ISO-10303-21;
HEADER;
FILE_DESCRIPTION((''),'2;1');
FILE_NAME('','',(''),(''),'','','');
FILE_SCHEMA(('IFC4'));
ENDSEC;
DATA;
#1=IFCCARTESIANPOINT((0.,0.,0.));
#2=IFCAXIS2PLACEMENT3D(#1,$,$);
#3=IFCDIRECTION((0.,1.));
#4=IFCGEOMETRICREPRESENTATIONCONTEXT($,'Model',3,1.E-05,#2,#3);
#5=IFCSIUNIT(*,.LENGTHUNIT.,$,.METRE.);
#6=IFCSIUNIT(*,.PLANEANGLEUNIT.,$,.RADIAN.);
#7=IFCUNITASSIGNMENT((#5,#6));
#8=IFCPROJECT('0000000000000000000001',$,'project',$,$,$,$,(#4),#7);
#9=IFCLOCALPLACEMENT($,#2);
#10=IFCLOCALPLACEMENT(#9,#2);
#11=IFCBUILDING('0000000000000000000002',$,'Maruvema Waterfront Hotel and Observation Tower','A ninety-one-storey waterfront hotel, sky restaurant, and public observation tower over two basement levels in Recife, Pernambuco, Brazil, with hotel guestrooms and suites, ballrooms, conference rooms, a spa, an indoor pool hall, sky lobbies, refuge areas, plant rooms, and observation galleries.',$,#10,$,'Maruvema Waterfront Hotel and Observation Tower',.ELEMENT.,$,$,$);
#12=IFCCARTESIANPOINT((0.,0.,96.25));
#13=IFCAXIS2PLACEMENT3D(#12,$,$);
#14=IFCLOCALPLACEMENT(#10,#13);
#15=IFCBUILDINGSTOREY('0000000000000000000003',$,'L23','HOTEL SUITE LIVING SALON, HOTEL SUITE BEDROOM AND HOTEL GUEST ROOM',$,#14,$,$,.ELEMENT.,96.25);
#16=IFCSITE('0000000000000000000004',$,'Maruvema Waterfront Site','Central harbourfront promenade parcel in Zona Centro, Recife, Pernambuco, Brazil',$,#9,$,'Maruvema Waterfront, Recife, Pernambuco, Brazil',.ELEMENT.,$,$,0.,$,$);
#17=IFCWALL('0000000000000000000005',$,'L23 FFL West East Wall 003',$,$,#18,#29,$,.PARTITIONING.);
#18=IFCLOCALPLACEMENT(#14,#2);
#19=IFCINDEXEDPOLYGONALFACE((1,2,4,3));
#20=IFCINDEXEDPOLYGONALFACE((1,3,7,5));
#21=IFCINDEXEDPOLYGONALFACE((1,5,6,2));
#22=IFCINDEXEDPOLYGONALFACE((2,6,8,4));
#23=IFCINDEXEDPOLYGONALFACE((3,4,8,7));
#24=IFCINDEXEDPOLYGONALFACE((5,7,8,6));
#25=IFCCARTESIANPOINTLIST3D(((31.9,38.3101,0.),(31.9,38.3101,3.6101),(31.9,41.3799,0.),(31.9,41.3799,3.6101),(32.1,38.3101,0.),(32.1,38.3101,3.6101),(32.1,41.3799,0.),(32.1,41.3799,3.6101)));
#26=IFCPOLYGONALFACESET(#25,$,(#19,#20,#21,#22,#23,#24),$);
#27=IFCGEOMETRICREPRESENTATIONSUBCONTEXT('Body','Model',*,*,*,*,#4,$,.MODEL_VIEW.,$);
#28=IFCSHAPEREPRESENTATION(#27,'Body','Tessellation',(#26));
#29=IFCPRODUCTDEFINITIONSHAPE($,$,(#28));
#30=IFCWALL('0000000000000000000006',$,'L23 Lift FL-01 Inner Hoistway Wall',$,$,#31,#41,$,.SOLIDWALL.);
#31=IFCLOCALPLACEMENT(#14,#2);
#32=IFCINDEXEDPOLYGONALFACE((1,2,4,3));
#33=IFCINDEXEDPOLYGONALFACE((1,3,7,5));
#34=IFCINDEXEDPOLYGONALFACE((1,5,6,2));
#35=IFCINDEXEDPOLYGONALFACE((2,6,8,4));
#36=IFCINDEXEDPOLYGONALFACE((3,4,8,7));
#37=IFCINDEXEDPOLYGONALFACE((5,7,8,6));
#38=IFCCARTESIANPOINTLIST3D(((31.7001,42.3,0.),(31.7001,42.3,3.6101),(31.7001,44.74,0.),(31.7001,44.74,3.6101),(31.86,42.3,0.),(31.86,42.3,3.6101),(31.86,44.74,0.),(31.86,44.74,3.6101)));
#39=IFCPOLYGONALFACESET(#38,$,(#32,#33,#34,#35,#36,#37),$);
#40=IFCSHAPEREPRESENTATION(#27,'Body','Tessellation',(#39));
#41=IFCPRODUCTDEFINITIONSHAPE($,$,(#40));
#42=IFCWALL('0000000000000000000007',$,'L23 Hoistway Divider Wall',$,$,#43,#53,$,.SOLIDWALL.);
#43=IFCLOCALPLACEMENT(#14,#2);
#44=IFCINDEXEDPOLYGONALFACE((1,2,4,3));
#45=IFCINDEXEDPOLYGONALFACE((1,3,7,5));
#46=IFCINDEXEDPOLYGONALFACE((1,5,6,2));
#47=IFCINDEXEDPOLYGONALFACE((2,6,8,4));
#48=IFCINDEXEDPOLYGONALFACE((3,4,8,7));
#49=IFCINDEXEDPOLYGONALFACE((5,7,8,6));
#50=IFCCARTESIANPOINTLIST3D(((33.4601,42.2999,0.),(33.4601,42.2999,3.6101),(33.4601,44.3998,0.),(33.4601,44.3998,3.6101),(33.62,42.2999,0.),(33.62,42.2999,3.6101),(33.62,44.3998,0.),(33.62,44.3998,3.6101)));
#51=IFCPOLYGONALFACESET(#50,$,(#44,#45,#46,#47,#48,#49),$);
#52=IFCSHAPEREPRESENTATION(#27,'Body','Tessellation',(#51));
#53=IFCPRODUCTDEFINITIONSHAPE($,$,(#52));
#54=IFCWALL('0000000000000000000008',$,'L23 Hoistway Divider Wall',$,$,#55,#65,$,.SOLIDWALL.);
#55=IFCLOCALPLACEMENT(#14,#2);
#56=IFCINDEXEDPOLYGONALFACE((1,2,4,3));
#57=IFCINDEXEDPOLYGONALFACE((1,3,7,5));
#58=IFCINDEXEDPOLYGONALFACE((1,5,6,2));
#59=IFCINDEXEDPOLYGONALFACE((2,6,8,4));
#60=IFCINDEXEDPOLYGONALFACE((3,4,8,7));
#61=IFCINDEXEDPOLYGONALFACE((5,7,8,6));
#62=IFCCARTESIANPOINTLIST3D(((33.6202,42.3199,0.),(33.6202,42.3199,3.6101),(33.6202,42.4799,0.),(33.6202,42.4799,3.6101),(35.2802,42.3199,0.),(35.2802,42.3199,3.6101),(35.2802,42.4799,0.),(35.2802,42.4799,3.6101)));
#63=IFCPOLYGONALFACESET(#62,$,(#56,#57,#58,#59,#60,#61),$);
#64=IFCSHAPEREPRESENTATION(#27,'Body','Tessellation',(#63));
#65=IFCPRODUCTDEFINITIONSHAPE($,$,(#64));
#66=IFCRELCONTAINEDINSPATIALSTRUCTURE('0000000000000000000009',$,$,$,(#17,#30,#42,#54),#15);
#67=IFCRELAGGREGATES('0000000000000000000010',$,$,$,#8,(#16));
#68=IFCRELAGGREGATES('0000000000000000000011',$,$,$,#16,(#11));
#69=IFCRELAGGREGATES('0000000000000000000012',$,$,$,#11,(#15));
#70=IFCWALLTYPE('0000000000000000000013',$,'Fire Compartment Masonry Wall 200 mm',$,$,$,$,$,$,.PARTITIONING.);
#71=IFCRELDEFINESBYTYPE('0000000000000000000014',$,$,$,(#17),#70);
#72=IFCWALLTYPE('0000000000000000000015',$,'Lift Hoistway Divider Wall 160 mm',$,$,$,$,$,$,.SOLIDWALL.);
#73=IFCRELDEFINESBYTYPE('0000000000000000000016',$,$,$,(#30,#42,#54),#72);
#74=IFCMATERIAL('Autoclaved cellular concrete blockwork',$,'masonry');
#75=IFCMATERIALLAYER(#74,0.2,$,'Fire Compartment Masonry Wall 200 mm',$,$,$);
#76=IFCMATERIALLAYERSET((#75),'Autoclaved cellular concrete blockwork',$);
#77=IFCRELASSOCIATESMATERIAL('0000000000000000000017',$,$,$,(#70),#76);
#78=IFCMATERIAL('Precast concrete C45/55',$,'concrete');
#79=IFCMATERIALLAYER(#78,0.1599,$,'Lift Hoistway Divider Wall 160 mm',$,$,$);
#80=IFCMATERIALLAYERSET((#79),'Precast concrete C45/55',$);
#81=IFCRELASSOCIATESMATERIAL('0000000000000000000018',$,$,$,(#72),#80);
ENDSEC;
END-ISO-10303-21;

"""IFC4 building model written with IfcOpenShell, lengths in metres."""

from ifc_helpers import new_model, si_unit, direction, frame, frame_2d, origin, place, context, subcontext, project, spatial, rectangle, extrude, material, layer, layer_set, type_object, element, save


model = new_model("IFC4")

# Units and contexts
model_context = context("Model", 3, precision=1e-05, world=origin(), true_north=direction((0.0, 1.0)))
body_context = subcontext(model_context, "Body", "Model", "MODEL_VIEW")
ifc_project = project(units=[si_unit("LENGTHUNIT", "METRE"), si_unit("PLANEANGLEUNIT", "RADIAN")], contexts=[model_context])

# Site, building, storey
site_placement = place(None, origin())
site = spatial("IfcSite", under=ifc_project, at=site_placement, Name="Maruvema Waterfront Site", Description="Central harbourfront promenade parcel in Zona Centro, Recife, Pernambuco, Brazil", LongName="Maruvema Waterfront, Recife, Pernambuco, Brazil", CompositionType="ELEMENT", RefElevation=0.0)
building_placement = place(site_placement, origin())
building = spatial("IfcBuilding", under=site, at=building_placement, Name="Maruvema Waterfront Hotel and Observation Tower", Description="A ninety-one-storey waterfront hotel, sky restaurant, and public observation tower over two basement levels in Recife, Pernambuco, Brazil, with hotel guestrooms and suites, ballrooms, conference rooms, a spa, an indoor pool hall, sky lobbies, refuge areas, plant rooms, and observation galleries.", LongName="Maruvema Waterfront Hotel and Observation Tower", CompositionType="ELEMENT")
storey_placement = place(building_placement, frame((0.0, 0.0, 96.25)))
storey = spatial("IfcBuildingStorey", under=building, at=storey_placement, Name="L23", Description="HOTEL SUITE LIVING SALON, HOTEL SUITE BEDROOM AND HOTEL GUEST ROOM", CompositionType="ELEMENT", Elevation=96.25)

# Walls
ifc_material_1 = material(Name="Autoclaved cellular concrete blockwork", Category="masonry")
ifc_layer_1 = layer(ifc_material_1, 0.2, Name="Fire Compartment Masonry Wall 200 mm")
ifc_layer_set_1 = layer_set([ifc_layer_1], Name="Autoclaved cellular concrete blockwork")
wall_type_1 = type_object("IfcWallType", Name="Fire Compartment Masonry Wall 200 mm", PredefinedType="PARTITIONING", material=ifc_layer_set_1)
for number, where, z_axis, x_axis, name in (
    (1, (32.0, 38.3101, 0.0), (0.0, 0.0, 1.0), (0.0, 1.0, 0.0), "L23 FFL West East Wall 003"),
):
    element("IfcWall", number, at=place(storey_placement, frame(where, z_axis=z_axis, x_axis=x_axis)), inside=storey, type_object=wall_type_1, Name=name, PredefinedType="PARTITIONING", context=body_context, shape_type="SweptSolid", body=[
        extrude(rectangle(XDim=3.0698, YDim=0.2, at=frame_2d((1.5349, 0.0))), origin(), (0.0, 0.0, 1.0), 3.6101),
    ])
ifc_material_2 = material(Name="Precast concrete C45/55", Category="concrete")
ifc_layer_2 = layer(ifc_material_2, 0.1599, Name="Lift Hoistway Divider Wall 160 mm")
ifc_layer_set_2 = layer_set([ifc_layer_2], Name="Precast concrete C45/55")
wall_type_2 = type_object("IfcWallType", Name="Lift Hoistway Divider Wall 160 mm", PredefinedType="SOLIDWALL", material=ifc_layer_set_2)
wall_1_placement = place(storey_placement, frame((31.78, 42.3, 0.0), z_axis=(0.0, 0.0, 1.0), x_axis=(0.0, 1.0, 0.0)))
element("IfcWall", 2, at=wall_1_placement, inside=storey, type_object=wall_type_2, Name="L23 Lift FL-01 Inner Hoistway Wall", PredefinedType="SOLIDWALL", context=body_context, shape_type="SweptSolid", body=[
    extrude(rectangle(XDim=2.4399, YDim=0.1599, at=frame_2d((1.22, 0.0))), origin(), (0.0, 0.0, 1.0), 3.6101),
])
wall_2_placement = place(storey_placement, frame((33.54, 42.3, 0.0), z_axis=(0.0, 0.0, 1.0), x_axis=(0.0, 1.0, 0.0)))
element("IfcWall", 3, at=wall_2_placement, inside=storey, type_object=wall_type_2, Name="L23 Hoistway Divider Wall", PredefinedType="SOLIDWALL", context=body_context, shape_type="SweptSolid", body=[
    extrude(rectangle(XDim=2.0999, YDim=0.1599, at=frame_2d((1.0498, 0.0))), origin(), (0.0, 0.0, 1.0), 3.6101),
])
wall_3_placement = place(storey_placement, frame((33.6201, 42.3999, 0.0), z_axis=(0.0, 0.0, 1.0), x_axis=(1.0, 0.0, 0.0)))
element("IfcWall", 4, at=wall_3_placement, inside=storey, type_object=wall_type_2, Name="L23 Hoistway Divider Wall", PredefinedType="SOLIDWALL", context=body_context, shape_type="SweptSolid", body=[
    extrude(rectangle(XDim=1.6599, YDim=0.1599, at=frame_2d((0.8301, 0.0))), origin(), (0.0, 0.0, 1.0), 3.6101),
])

save(model, "model.ifc")
